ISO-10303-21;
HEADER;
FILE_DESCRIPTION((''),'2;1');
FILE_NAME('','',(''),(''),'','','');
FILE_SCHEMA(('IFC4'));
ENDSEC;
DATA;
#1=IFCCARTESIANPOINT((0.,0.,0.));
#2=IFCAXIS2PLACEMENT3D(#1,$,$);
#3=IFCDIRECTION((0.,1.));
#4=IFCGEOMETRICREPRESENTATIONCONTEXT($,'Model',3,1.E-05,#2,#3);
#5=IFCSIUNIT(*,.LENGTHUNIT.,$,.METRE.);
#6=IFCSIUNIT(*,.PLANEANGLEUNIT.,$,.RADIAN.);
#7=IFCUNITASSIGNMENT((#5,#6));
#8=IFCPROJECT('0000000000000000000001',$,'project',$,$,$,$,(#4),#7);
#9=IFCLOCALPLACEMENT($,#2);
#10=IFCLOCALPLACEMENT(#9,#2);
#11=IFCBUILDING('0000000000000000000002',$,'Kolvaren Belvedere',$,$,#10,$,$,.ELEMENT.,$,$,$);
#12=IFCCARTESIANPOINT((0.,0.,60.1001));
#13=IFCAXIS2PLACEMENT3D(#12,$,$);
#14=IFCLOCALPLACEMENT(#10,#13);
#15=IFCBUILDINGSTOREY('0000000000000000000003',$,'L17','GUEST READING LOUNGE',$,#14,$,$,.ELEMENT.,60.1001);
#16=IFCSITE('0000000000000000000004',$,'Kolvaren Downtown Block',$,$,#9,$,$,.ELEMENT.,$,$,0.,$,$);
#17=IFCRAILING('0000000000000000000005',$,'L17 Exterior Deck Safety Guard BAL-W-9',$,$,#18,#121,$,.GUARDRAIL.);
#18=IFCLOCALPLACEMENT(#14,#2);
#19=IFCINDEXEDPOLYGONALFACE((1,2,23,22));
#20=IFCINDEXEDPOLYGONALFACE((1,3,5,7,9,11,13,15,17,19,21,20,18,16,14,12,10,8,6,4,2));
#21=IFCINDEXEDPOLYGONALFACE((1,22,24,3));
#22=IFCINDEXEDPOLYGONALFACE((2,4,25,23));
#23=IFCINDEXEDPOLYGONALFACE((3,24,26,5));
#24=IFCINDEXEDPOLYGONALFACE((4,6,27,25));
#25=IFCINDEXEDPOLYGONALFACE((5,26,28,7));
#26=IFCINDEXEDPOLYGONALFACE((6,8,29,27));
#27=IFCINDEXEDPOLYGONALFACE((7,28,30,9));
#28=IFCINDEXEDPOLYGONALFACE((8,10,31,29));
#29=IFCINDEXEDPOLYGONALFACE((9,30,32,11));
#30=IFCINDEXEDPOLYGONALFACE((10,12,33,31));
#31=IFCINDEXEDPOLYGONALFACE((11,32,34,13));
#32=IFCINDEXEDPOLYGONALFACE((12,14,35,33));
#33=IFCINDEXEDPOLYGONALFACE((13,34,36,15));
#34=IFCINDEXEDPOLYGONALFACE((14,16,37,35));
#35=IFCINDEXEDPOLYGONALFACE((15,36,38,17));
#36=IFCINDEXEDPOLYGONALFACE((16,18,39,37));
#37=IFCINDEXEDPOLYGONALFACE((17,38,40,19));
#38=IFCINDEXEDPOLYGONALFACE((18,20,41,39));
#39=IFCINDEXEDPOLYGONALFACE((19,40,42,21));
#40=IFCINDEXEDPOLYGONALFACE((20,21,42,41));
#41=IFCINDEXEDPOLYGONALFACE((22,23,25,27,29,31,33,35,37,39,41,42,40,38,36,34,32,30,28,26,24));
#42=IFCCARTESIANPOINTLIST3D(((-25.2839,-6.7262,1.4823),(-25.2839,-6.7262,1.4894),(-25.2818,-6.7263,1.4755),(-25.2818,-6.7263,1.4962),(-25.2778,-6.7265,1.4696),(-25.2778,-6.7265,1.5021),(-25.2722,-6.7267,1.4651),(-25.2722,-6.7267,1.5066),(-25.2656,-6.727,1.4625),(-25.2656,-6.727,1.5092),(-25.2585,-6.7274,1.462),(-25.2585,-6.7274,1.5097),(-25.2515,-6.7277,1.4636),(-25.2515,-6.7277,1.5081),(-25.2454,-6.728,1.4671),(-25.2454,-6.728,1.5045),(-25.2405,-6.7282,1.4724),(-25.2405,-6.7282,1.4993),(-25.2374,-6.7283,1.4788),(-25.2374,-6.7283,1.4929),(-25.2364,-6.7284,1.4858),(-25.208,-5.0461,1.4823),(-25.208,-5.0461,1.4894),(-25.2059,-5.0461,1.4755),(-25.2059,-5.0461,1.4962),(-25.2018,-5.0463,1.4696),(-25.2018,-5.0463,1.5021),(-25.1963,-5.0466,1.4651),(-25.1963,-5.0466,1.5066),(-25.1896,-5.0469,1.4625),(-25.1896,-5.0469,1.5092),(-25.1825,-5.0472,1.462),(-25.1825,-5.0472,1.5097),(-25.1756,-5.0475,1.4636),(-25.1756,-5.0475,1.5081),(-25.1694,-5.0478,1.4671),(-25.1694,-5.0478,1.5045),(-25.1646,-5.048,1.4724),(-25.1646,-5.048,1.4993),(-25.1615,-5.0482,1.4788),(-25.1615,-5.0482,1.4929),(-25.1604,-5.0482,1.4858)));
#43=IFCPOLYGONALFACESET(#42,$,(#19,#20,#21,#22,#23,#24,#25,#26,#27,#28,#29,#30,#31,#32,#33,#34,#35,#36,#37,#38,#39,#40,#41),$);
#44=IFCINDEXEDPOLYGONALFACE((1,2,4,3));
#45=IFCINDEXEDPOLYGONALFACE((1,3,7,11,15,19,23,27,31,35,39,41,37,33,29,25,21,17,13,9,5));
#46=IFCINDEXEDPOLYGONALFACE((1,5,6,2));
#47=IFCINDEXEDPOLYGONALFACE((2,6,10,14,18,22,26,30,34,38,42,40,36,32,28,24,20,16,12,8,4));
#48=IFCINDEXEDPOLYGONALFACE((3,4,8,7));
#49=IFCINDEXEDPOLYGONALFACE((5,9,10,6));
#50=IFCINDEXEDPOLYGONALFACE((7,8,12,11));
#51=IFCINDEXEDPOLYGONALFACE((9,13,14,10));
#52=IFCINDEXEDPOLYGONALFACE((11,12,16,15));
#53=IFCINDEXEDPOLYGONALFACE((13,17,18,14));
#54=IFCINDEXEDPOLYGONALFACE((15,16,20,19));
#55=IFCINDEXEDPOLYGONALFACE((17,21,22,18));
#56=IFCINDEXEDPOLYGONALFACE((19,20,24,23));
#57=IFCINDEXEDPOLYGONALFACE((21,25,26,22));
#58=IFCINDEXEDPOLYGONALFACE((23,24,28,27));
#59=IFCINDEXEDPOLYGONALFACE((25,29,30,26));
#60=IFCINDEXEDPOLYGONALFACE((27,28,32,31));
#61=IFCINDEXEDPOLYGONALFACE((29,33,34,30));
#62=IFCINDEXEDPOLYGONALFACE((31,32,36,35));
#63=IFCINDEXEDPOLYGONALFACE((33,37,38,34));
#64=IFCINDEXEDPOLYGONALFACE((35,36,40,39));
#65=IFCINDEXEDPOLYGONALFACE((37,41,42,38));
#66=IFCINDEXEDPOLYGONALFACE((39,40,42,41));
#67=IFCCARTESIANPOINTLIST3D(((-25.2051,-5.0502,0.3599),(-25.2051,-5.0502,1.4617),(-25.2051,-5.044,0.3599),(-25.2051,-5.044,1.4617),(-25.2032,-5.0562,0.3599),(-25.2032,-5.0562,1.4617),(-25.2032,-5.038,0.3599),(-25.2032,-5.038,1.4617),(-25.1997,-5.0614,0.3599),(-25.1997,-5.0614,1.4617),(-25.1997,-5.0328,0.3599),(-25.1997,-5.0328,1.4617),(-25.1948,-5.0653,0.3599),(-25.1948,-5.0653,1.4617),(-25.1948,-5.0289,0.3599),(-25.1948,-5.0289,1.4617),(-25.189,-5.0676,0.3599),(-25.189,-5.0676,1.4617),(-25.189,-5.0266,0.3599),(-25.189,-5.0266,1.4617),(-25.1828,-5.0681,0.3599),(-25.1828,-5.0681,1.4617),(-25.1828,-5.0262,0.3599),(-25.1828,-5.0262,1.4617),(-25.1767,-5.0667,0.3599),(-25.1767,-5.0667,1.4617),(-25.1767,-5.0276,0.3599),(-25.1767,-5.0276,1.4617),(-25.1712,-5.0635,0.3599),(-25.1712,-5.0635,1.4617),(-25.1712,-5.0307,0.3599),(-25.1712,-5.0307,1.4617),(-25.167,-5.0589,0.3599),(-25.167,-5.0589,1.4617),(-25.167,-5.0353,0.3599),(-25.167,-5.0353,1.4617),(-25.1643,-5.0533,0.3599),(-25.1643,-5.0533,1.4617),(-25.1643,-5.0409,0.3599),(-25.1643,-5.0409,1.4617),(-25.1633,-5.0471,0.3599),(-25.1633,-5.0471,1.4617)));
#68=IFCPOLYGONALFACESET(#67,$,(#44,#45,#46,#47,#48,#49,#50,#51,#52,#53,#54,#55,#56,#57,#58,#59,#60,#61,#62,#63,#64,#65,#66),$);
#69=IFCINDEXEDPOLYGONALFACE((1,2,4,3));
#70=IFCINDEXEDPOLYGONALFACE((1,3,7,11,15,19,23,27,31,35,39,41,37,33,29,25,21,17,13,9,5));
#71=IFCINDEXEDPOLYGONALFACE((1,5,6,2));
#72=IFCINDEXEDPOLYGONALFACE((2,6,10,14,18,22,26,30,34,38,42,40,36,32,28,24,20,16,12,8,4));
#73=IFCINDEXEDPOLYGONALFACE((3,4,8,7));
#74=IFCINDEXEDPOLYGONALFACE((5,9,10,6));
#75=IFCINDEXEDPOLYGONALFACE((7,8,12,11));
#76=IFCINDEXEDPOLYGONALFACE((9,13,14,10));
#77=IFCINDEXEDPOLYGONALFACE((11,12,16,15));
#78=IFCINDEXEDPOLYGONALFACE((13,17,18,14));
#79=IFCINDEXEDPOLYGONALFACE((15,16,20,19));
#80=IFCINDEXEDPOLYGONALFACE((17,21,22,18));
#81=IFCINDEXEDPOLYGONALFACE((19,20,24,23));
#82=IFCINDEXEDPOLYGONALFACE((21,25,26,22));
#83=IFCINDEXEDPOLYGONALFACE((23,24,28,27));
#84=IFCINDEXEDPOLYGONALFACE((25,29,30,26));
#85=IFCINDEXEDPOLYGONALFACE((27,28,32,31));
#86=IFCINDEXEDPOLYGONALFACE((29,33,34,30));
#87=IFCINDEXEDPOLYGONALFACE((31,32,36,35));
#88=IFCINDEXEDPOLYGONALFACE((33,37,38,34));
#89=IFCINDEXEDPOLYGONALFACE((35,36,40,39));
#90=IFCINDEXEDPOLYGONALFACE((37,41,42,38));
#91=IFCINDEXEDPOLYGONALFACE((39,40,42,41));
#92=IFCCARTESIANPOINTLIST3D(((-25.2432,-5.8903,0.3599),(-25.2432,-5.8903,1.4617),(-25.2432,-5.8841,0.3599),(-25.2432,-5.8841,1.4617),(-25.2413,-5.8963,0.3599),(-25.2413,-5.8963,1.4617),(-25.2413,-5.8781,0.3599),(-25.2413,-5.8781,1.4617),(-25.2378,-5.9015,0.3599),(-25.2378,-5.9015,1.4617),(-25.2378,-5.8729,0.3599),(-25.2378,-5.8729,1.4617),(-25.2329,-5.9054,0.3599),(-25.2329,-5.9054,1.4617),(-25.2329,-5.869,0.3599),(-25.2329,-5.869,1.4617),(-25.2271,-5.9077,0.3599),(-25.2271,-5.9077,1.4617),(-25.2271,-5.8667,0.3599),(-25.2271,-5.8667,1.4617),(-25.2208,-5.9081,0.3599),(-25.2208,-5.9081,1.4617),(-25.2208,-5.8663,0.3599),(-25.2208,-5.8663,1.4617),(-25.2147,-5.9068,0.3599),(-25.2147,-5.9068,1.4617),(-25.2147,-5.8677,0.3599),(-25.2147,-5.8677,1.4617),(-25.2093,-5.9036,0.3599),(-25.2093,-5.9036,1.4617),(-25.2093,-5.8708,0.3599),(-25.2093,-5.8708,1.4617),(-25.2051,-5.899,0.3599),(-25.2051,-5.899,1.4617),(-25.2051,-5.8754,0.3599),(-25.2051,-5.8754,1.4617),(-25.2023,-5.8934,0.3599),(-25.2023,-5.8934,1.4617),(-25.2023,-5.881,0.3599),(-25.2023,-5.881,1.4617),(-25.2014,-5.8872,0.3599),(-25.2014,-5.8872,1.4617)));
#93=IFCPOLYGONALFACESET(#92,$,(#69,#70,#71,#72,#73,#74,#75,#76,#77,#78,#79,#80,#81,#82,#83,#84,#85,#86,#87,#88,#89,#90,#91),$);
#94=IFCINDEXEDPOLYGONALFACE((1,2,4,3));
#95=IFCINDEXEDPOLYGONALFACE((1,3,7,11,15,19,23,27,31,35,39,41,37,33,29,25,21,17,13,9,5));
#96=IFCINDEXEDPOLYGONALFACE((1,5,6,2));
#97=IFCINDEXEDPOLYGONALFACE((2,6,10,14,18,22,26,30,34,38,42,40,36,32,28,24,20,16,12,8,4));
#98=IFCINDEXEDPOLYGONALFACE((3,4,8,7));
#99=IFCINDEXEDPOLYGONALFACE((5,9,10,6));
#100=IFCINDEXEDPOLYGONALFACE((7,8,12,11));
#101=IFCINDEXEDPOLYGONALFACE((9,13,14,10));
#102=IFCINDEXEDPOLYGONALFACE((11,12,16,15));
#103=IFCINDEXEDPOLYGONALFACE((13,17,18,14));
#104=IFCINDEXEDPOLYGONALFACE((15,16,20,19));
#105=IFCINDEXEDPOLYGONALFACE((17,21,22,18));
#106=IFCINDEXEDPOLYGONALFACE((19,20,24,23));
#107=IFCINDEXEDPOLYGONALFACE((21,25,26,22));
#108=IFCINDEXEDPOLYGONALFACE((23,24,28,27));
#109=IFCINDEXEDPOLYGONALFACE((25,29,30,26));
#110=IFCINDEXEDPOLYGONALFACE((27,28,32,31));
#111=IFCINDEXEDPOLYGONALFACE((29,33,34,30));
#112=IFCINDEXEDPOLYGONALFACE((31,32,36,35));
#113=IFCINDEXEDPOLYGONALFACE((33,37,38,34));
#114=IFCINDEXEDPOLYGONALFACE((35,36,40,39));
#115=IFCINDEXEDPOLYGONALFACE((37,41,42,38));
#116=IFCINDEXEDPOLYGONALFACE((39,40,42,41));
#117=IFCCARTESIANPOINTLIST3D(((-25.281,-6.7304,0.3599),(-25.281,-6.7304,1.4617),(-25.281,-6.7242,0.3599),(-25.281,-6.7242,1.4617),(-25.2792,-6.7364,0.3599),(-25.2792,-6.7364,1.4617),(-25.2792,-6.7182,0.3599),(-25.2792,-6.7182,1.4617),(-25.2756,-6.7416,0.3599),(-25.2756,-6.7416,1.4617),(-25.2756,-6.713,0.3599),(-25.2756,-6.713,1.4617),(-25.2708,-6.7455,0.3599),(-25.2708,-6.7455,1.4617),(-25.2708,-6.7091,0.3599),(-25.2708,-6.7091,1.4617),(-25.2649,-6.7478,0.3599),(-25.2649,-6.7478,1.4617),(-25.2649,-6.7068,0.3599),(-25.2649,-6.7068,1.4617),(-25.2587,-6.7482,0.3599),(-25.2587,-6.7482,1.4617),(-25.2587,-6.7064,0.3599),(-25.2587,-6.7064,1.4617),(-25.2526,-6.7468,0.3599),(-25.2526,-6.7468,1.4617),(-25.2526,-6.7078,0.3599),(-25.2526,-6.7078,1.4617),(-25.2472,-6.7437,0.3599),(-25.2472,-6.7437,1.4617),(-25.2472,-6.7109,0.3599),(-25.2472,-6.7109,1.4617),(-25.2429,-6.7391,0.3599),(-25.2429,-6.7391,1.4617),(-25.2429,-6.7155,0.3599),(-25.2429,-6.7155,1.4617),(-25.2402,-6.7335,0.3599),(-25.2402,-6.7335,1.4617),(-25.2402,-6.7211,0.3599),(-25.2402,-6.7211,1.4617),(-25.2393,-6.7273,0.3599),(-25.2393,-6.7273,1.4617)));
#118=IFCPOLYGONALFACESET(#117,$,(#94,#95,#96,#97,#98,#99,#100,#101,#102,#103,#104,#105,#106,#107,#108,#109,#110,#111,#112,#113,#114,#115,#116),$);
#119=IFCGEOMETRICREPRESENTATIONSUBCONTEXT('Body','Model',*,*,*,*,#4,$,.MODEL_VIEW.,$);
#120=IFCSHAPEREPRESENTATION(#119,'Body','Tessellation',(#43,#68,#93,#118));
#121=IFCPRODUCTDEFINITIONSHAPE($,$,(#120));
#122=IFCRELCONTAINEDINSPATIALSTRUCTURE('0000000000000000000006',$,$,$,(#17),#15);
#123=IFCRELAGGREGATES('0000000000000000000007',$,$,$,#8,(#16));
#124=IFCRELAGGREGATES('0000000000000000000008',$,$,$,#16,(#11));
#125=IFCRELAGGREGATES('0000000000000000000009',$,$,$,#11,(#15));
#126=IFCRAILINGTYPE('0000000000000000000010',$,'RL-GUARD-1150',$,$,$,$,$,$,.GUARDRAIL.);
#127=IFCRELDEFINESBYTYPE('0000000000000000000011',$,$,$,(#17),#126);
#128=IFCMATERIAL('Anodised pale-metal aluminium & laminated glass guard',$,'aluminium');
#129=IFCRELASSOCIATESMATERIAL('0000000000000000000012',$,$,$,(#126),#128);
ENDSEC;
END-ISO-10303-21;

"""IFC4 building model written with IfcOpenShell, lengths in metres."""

from ifc_helpers import new_model, si_unit, direction, frame, origin, origin_2d, place, context, subcontext, project, spatial, circle, extrude, material, type_object, element, save


model = new_model("IFC4")

# Units and contexts
model_context = context("Model", 3, precision=1e-05, world=origin(), true_north=direction((0.0, 1.0)))
body_context = subcontext(model_context, "Body", "Model", "MODEL_VIEW")
ifc_project = project(units=[si_unit("LENGTHUNIT", "METRE"), si_unit("PLANEANGLEUNIT", "RADIAN")], contexts=[model_context])

# Site, building, storey
site_placement = place(None, origin())
site = spatial("IfcSite", under=ifc_project, at=site_placement, Name="Kolvaren Downtown Block", CompositionType="ELEMENT", RefElevation=0.0)
building_placement = place(site_placement, origin())
building = spatial("IfcBuilding", under=site, at=building_placement, Name="Kolvaren Belvedere", CompositionType="ELEMENT")
storey_placement = place(building_placement, frame((0.0, 0.0, 60.1001)))
storey = spatial("IfcBuildingStorey", under=building, at=storey_placement, Name="L17", Description="GUEST READING LOUNGE", CompositionType="ELEMENT", Elevation=60.1001)

# Railing
ifc_material_1 = material(Name="Anodised pale-metal aluminium & laminated glass guard", Category="aluminium")
railing_type = type_object("IfcRailingType", Name="RL-GUARD-1150", PredefinedType="GUARDRAIL", material=ifc_material_1)
railing_1_placement = place(storey_placement, frame((-25.1843, -5.0471, 0.3599)))
element("IfcRailing", 1, at=railing_1_placement, inside=storey, type_object=railing_type, Name="L17 Exterior Deck Safety Guard BAL-W-9", PredefinedType="GUARDRAIL", context=body_context, shape_type="SweptSolid", body=[
    extrude(circle(Radius=0.0239, at=origin_2d()), frame((0.0, 0.0, 1.126), z_axis=(-0.045144, -0.99898, 0.0), x_axis=(0.99898, -0.045144, 0.0)), (0.0, 0.0, 1.0), 1.6819),
    extrude(circle(Radius=0.021, at=origin_2d()), origin(), (0.0, 0.0, 1.0), 1.1018),
    extrude(circle(Radius=0.021, at=origin_2d()), frame((-0.0381, -0.8401, 0.0)), (0.0, 0.0, 1.0), 1.1018),
    extrude(circle(Radius=0.021, at=origin_2d()), frame((-0.0759, -1.6802, 0.0)), (0.0, 0.0, 1.0), 1.1018),
])

save(model, "model.ifc")
